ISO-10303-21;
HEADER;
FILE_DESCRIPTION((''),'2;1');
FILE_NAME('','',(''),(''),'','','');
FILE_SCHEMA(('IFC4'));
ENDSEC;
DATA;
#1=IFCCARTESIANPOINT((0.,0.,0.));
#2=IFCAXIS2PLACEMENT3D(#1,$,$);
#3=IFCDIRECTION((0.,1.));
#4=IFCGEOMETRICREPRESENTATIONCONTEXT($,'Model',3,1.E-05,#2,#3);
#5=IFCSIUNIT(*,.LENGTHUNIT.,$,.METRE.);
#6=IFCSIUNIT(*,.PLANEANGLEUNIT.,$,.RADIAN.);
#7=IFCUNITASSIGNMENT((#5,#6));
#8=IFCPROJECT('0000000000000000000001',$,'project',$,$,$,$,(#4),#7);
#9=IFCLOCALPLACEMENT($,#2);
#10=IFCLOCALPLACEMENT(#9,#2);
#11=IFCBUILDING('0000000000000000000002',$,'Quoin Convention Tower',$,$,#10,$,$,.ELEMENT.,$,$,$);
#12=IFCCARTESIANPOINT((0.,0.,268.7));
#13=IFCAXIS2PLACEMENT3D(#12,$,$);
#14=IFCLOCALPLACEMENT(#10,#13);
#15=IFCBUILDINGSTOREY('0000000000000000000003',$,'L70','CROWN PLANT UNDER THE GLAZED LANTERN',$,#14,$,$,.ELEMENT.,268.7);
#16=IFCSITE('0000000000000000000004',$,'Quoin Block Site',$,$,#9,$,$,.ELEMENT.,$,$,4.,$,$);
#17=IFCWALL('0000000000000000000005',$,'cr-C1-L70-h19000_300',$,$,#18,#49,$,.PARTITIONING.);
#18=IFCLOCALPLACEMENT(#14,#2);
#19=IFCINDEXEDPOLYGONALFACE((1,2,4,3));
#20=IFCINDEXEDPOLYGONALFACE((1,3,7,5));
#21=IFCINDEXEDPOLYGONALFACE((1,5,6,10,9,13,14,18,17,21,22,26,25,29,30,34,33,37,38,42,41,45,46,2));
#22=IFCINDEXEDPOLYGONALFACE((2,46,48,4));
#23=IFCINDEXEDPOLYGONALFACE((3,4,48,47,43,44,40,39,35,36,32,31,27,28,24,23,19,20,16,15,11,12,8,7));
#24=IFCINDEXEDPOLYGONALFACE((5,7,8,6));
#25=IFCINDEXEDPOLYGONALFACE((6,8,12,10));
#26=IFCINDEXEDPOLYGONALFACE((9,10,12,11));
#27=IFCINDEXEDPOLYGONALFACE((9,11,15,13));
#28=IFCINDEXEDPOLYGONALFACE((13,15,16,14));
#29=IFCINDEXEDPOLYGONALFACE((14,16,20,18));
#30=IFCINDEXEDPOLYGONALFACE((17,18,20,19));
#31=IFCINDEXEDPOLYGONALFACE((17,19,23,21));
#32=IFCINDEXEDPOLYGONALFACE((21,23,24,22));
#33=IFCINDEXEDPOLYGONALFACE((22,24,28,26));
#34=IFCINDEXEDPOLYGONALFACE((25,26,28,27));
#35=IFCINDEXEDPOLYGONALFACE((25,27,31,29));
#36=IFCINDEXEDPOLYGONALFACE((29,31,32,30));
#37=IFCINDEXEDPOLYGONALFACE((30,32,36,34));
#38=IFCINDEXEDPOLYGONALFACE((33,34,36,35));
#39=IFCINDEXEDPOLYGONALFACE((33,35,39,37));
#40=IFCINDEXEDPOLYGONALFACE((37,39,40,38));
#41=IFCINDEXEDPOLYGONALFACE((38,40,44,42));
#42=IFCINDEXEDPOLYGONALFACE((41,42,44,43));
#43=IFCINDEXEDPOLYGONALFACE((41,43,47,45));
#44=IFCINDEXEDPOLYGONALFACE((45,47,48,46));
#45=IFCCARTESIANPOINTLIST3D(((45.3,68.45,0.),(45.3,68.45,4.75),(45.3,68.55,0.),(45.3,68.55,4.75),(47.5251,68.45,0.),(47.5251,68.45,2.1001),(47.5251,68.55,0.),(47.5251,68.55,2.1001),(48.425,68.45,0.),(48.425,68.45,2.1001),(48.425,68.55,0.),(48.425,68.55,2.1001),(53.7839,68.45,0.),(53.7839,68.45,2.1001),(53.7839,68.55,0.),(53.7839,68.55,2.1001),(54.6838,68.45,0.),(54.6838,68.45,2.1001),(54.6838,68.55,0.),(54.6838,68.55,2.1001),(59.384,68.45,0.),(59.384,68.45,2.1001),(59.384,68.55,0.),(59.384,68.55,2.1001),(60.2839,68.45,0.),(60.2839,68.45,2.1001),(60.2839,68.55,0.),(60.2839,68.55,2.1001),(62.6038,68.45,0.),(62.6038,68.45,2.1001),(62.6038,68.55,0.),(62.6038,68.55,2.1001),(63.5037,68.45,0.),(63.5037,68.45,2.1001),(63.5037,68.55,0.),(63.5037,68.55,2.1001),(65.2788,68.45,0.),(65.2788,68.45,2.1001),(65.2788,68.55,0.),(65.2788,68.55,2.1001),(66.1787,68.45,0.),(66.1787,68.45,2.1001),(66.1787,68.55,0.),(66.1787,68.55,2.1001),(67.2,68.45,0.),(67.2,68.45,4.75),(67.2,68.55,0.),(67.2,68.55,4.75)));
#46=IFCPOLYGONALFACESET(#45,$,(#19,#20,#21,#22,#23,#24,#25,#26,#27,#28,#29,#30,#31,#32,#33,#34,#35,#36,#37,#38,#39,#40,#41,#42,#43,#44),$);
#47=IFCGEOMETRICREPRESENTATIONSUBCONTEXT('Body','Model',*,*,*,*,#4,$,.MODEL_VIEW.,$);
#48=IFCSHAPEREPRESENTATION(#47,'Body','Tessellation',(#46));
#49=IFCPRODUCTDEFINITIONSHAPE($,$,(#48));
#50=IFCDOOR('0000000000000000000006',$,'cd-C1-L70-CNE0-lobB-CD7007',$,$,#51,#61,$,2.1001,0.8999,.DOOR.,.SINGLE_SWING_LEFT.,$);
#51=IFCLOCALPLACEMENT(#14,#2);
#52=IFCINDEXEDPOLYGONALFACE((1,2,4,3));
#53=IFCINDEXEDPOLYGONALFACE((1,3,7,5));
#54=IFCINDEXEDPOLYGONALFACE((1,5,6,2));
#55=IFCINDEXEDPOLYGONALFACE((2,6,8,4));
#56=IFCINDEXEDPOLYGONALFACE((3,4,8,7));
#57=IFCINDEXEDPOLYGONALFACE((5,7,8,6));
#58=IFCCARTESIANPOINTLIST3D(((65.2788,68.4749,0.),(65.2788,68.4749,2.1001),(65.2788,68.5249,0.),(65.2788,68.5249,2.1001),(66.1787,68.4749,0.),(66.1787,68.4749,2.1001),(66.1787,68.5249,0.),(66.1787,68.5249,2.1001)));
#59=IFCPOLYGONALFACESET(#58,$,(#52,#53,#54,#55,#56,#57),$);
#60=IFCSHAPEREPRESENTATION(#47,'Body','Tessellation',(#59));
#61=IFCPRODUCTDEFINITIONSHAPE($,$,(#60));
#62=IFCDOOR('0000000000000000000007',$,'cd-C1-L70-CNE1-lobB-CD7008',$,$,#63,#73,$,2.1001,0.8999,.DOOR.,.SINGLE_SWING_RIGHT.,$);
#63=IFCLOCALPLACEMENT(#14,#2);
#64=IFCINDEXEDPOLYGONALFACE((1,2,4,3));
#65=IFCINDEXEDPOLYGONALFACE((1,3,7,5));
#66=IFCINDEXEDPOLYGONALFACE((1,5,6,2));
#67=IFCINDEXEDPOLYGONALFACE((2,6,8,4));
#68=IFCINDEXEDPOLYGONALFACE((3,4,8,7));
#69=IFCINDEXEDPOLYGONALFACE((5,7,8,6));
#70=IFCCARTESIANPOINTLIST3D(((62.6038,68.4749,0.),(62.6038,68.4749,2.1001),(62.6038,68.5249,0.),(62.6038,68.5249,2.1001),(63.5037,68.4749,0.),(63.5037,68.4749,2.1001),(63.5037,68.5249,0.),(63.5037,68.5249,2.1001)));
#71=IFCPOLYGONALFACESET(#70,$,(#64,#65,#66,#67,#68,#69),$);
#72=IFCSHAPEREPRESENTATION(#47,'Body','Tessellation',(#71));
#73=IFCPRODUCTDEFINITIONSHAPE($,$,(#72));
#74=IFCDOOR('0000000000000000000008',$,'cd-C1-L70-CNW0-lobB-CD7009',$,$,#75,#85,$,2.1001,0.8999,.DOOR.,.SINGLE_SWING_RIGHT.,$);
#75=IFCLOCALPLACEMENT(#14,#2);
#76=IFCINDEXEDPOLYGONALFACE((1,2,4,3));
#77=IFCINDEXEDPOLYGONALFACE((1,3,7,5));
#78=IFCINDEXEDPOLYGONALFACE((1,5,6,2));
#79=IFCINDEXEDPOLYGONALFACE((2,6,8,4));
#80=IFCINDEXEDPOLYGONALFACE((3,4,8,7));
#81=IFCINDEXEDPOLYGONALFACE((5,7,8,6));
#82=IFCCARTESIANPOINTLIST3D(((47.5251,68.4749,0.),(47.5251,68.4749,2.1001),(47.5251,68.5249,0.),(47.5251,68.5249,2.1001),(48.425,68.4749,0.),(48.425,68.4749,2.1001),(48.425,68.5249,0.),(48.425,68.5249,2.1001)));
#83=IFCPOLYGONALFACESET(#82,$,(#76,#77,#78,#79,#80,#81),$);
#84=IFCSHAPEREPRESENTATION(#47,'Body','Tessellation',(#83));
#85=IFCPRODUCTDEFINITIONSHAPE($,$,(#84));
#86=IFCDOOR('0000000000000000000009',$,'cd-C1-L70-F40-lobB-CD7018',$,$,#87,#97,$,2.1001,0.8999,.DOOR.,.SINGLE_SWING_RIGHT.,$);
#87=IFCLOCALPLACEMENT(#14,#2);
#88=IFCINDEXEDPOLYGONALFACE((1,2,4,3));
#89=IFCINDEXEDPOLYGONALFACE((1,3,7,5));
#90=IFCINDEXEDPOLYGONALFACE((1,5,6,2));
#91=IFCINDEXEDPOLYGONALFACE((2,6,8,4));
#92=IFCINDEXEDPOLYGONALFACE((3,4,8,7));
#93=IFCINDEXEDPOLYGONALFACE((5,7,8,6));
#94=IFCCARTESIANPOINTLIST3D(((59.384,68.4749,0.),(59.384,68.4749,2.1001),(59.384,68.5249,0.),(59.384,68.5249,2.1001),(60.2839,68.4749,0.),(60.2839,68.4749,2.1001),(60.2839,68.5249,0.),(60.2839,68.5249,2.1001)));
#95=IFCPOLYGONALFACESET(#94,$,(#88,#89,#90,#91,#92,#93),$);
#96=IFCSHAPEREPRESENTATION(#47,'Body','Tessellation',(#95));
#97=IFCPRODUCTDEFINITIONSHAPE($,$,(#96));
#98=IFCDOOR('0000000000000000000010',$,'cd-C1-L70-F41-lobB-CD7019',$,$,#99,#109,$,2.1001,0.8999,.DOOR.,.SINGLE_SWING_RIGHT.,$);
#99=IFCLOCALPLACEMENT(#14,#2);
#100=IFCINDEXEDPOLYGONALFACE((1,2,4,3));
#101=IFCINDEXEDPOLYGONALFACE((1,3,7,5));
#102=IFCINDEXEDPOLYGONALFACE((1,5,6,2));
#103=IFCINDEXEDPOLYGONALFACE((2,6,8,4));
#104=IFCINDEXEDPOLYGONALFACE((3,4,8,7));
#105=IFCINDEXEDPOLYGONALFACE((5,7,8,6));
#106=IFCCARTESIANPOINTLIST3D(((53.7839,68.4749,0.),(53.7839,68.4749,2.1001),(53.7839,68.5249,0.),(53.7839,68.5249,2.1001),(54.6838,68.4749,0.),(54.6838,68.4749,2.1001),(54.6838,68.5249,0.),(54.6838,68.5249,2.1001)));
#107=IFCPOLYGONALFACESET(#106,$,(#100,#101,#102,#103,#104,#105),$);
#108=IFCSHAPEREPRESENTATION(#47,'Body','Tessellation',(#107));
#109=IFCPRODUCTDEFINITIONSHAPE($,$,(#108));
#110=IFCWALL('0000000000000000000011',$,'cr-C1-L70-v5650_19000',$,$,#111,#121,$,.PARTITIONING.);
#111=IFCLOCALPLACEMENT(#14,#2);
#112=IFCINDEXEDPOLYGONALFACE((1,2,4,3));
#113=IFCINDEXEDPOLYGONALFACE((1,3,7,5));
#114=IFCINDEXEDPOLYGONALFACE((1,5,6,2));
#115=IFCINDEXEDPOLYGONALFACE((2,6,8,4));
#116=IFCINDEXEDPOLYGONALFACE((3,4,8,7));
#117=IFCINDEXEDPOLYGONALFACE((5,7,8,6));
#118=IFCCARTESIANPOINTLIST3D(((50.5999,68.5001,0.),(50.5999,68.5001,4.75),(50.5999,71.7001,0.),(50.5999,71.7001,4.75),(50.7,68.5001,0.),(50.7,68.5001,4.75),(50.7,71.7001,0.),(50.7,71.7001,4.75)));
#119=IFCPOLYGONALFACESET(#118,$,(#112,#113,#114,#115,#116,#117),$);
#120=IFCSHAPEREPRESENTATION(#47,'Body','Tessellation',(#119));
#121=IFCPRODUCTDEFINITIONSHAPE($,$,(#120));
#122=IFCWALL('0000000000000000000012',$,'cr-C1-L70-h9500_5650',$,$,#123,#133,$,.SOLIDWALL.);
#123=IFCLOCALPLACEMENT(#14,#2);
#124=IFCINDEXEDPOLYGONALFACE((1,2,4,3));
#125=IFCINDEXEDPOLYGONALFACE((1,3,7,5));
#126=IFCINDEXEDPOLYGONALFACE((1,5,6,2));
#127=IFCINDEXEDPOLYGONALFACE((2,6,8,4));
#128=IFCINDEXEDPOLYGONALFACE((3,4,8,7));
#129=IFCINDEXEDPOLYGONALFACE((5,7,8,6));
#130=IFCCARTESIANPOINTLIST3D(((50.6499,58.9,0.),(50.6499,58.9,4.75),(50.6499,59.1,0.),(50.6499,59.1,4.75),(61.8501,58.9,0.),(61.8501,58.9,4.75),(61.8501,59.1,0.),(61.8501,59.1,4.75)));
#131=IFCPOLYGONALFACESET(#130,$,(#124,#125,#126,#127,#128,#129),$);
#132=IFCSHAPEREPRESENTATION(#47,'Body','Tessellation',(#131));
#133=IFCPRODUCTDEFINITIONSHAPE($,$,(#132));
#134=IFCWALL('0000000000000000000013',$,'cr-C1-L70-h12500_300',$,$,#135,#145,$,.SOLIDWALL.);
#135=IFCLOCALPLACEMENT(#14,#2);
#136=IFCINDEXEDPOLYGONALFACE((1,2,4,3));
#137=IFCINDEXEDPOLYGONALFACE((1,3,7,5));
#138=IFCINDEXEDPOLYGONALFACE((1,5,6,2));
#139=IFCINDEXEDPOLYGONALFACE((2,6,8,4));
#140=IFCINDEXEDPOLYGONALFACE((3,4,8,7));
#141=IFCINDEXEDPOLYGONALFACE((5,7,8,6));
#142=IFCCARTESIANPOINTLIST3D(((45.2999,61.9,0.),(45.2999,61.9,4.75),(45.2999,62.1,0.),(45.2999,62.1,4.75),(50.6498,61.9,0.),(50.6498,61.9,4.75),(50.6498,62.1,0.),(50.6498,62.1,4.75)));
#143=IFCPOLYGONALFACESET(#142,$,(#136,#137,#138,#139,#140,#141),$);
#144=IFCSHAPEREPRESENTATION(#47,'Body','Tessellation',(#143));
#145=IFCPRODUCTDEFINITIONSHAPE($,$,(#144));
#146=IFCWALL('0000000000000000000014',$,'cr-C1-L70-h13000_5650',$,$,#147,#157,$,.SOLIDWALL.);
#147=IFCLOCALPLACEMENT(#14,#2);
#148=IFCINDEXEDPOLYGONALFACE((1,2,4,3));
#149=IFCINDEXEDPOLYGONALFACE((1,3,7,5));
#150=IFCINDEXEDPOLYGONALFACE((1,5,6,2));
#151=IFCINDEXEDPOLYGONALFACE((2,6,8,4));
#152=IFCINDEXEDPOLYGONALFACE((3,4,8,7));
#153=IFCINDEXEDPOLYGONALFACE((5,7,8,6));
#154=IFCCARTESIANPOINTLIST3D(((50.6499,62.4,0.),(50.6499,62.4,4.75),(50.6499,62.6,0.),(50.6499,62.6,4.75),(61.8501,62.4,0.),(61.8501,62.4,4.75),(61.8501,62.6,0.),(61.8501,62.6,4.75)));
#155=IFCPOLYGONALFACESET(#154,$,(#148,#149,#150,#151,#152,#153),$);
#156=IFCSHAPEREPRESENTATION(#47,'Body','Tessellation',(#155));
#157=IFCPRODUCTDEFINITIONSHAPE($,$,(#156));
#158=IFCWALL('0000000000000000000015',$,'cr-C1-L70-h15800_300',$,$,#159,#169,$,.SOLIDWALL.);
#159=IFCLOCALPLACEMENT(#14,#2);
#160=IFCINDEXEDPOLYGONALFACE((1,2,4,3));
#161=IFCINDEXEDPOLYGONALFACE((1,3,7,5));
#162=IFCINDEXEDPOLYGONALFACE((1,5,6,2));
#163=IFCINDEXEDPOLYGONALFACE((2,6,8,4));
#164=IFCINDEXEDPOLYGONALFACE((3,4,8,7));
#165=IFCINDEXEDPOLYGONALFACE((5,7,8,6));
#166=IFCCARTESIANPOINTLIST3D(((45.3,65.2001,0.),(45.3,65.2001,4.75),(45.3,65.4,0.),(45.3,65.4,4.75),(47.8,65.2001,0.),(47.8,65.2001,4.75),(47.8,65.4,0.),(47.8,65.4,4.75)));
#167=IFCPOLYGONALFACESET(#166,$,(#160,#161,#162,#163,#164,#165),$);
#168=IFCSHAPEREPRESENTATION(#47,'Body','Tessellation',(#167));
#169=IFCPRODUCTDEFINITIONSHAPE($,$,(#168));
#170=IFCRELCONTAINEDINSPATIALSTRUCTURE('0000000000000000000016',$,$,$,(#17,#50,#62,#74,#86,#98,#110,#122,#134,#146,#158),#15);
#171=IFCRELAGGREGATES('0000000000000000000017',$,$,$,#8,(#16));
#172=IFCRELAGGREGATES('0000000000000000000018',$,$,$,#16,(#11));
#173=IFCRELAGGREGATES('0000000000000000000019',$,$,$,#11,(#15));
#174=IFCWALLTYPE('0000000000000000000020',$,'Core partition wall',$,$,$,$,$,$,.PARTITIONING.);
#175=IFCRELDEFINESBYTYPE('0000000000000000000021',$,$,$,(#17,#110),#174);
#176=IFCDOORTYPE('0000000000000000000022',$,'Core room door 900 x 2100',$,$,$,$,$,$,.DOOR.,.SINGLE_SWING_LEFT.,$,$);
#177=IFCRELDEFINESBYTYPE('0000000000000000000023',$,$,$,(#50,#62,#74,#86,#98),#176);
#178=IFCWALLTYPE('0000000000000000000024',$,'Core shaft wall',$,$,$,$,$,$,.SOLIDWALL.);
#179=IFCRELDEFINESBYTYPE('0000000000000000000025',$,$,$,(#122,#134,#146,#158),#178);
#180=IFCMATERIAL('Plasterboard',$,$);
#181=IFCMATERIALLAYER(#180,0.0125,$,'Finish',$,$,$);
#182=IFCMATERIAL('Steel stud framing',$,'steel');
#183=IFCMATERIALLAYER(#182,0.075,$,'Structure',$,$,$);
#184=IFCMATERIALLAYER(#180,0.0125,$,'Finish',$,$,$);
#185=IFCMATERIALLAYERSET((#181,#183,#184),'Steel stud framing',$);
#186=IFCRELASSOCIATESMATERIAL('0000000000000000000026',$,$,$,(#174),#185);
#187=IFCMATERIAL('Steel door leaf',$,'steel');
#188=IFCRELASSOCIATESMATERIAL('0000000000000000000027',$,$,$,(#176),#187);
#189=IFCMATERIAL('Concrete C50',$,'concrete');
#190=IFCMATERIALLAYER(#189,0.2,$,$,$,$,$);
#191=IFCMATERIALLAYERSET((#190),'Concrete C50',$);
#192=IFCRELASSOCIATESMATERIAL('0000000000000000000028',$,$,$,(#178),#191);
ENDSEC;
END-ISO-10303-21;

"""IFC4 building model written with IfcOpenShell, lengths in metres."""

from ifc_helpers import new_model, si_unit, direction, frame, frame_2d, origin, place, context, subcontext, project, spatial, rectangle, extrude, material, layer, layer_set, type_object, element, fill, save


model = new_model("IFC4")

# Units and contexts
model_context = context("Model", 3, precision=1e-05, world=origin(), true_north=direction((0.0, 1.0)))
body_context = subcontext(model_context, "Body", "Model", "MODEL_VIEW")
ifc_project = project(units=[si_unit("LENGTHUNIT", "METRE"), si_unit("PLANEANGLEUNIT", "RADIAN")], contexts=[model_context])

# Site, building, storey
site_placement = place(None, origin())
site = spatial("IfcSite", under=ifc_project, at=site_placement, Name="Quoin Block Site", CompositionType="ELEMENT", RefElevation=4.0)
building_placement = place(site_placement, origin())
building = spatial("IfcBuilding", under=site, at=building_placement, Name="Quoin Convention Tower", CompositionType="ELEMENT")
storey_placement = place(building_placement, frame((0.0, 0.0, 268.7)))
storey = spatial("IfcBuildingStorey", under=building, at=storey_placement, Name="L70", Description="CROWN PLANT UNDER THE GLAZED LANTERN", CompositionType="ELEMENT", Elevation=268.7)

# Wall, openings, doors
ifc_material_1 = material(Name="Plasterboard")
ifc_layer_1 = layer(ifc_material_1, 0.0125, Name="Finish")
ifc_material_2 = material(Name="Steel stud framing", Category="steel")
ifc_layer_2 = layer(ifc_material_2, 0.075, Name="Structure")
ifc_layer_3 = layer(ifc_material_1, 0.0125, Name="Finish")
ifc_layer_set_1 = layer_set([ifc_layer_1, ifc_layer_2, ifc_layer_3], Name="Steel stud framing")
wall_type_1 = type_object("IfcWallType", Name="Core partition wall", PredefinedType="PARTITIONING", material=ifc_layer_set_1)
wall_1_placement = place(storey_placement, frame((45.3, 68.5, 0.0), z_axis=(0.0, 0.0, 1.0), x_axis=(1.0, 0.0, 0.0)))
wall_1 = element("IfcWall", 1, at=wall_1_placement, inside=storey, type_object=wall_type_1, Name="cr-C1-L70-h19000_300", PredefinedType="PARTITIONING", context=body_context, shape_type="SweptSolid", body=[
    extrude(rectangle(XDim=21.8999, YDim=0.1001, at=frame_2d((10.95, 0.0))), origin(), (0.0, 0.0, 1.0), 4.75),
])
opening_1_placement = place(wall_1_placement, frame((19.9788, 0.0, 0.0)))
opening_1 = element("IfcOpeningElement", 2, at=opening_1_placement, cuts=wall_1, PredefinedType="OPENING", context=body_context, shape_type="SweptSolid", body=[
    extrude(rectangle(XDim=0.8999, YDim=2.1001, at=frame_2d((0.45, 1.05))), frame((0.0, 0.0601, 0.0), z_axis=(0.0, -1.0, 0.0), x_axis=(1.0, 0.0, 0.0)), (0.0, 0.0, 1.0), 0.1201),
])
opening_2_placement = place(wall_1_placement, frame((17.3037, 0.0, 0.0)))
opening_2 = element("IfcOpeningElement", 3, at=opening_2_placement, cuts=wall_1, PredefinedType="OPENING", context=body_context, shape_type="SweptSolid", body=[
    extrude(rectangle(XDim=0.8999, YDim=2.1001, at=frame_2d((0.45, 1.05))), frame((0.0, 0.0601, 0.0), z_axis=(0.0, -1.0, 0.0), x_axis=(1.0, 0.0, 0.0)), (0.0, 0.0, 1.0), 0.1201),
])
opening_3_placement = place(wall_1_placement, frame((2.2251, 0.0, 0.0)))
opening_3 = element("IfcOpeningElement", 4, at=opening_3_placement, cuts=wall_1, PredefinedType="OPENING", context=body_context, shape_type="SweptSolid", body=[
    extrude(rectangle(XDim=0.8999, YDim=2.1001, at=frame_2d((0.45, 1.05))), frame((0.0, 0.0601, 0.0), z_axis=(0.0, -1.0, 0.0), x_axis=(1.0, 0.0, 0.0)), (0.0, 0.0, 1.0), 0.1201),
])
opening_4_placement = place(wall_1_placement, frame((14.084, 0.0, 0.0)))
opening_4 = element("IfcOpeningElement", 5, at=opening_4_placement, cuts=wall_1, PredefinedType="OPENING", context=body_context, shape_type="SweptSolid", body=[
    extrude(rectangle(XDim=0.8999, YDim=2.1001, at=frame_2d((0.45, 1.05))), frame((0.0, 0.0601, 0.0), z_axis=(0.0, -1.0, 0.0), x_axis=(1.0, 0.0, 0.0)), (0.0, 0.0, 1.0), 0.1201),
])
opening_5_placement = place(wall_1_placement, frame((8.4839, 0.0, 0.0)))
opening_5 = element("IfcOpeningElement", 6, at=opening_5_placement, cuts=wall_1, PredefinedType="OPENING", context=body_context, shape_type="SweptSolid", body=[
    extrude(rectangle(XDim=0.8999, YDim=2.1001, at=frame_2d((0.45, 1.05))), frame((0.0, 0.0601, 0.0), z_axis=(0.0, -1.0, 0.0), x_axis=(1.0, 0.0, 0.0)), (0.0, 0.0, 1.0), 0.1201),
])
ifc_material_3 = material(Name="Steel door leaf", Category="steel")
door_type_1 = type_object("IfcDoorType", Name="Core room door 900 x 2100", OperationType="SINGLE_SWING_LEFT", PredefinedType="DOOR", material=ifc_material_3)
door_1_placement = place(opening_1_placement, origin())
door_1 = element("IfcDoor", 7, at=door_1_placement, inside=storey, type_object=door_type_1, Name="cd-C1-L70-CNE0-lobB-CD7007", OperationType="SINGLE_SWING_LEFT", OverallHeight=2.1001, OverallWidth=0.8999, PredefinedType="DOOR", context=body_context, shape_type="SweptSolid", body=[
    extrude(rectangle(XDim=0.8999, YDim=2.1001, at=frame_2d((0.45, 1.05))), frame((0.0, 0.0249, 0.0), z_axis=(0.0, -1.0, 0.0), x_axis=(1.0, 0.0, 0.0)), (0.0, 0.0, 1.0), 0.05),
])
fill(opening_1, door_1)
door_2_placement = place(opening_2_placement, origin())
door_2 = element("IfcDoor", 8, at=door_2_placement, inside=storey, type_object=door_type_1, Name="cd-C1-L70-CNE1-lobB-CD7008", OperationType="SINGLE_SWING_RIGHT", OverallHeight=2.1001, OverallWidth=0.8999, PredefinedType="DOOR", context=body_context, shape_type="SweptSolid", body=[
    extrude(rectangle(XDim=0.8999, YDim=2.1001, at=frame_2d((0.45, 1.05))), frame((0.0, 0.0249, 0.0), z_axis=(0.0, -1.0, 0.0), x_axis=(1.0, 0.0, 0.0)), (0.0, 0.0, 1.0), 0.05),
])
fill(opening_2, door_2)
door_3_placement = place(opening_3_placement, origin())
door_3 = element("IfcDoor", 9, at=door_3_placement, inside=storey, type_object=door_type_1, Name="cd-C1-L70-CNW0-lobB-CD7009", OperationType="SINGLE_SWING_RIGHT", OverallHeight=2.1001, OverallWidth=0.8999, PredefinedType="DOOR", context=body_context, shape_type="SweptSolid", body=[
    extrude(rectangle(XDim=0.8999, YDim=2.1001, at=frame_2d((0.45, 1.05))), frame((0.0, 0.0249, 0.0), z_axis=(0.0, -1.0, 0.0), x_axis=(1.0, 0.0, 0.0)), (0.0, 0.0, 1.0), 0.05),
])
fill(opening_3, door_3)
door_4_placement = place(opening_4_placement, origin())
door_4 = element("IfcDoor", 10, at=door_4_placement, inside=storey, type_object=door_type_1, Name="cd-C1-L70-F40-lobB-CD7018", OperationType="SINGLE_SWING_RIGHT", OverallHeight=2.1001, OverallWidth=0.8999, PredefinedType="DOOR", context=body_context, shape_type="SweptSolid", body=[
    extrude(rectangle(XDim=0.8999, YDim=2.1001, at=frame_2d((0.45, 1.05))), frame((0.0, 0.0249, 0.0), z_axis=(0.0, -1.0, 0.0), x_axis=(1.0, 0.0, 0.0)), (0.0, 0.0, 1.0), 0.05),
])
fill(opening_4, door_4)
door_5_placement = place(opening_5_placement, origin())
door_5 = element("IfcDoor", 11, at=door_5_placement, inside=storey, type_object=door_type_1, Name="cd-C1-L70-F41-lobB-CD7019", OperationType="SINGLE_SWING_RIGHT", OverallHeight=2.1001, OverallWidth=0.8999, PredefinedType="DOOR", context=body_context, shape_type="SweptSolid", body=[
    extrude(rectangle(XDim=0.8999, YDim=2.1001, at=frame_2d((0.45, 1.05))), frame((0.0, 0.0249, 0.0), z_axis=(0.0, -1.0, 0.0), x_axis=(1.0, 0.0, 0.0)), (0.0, 0.0, 1.0), 0.05),
])
fill(opening_5, door_5)

# Walls
wall_2_placement = place(storey_placement, frame((50.6499, 68.5, 0.0), z_axis=(0.0, 0.0, 1.0), x_axis=(0.0, 1.0, 0.0)))
element("IfcWall", 12, at=wall_2_placement, inside=storey, type_object=wall_type_1, Name="cr-C1-L70-v5650_19000", PredefinedType="PARTITIONING", context=body_context, shape_type="SweptSolid", body=[
    extrude(rectangle(XDim=3.2, YDim=0.1001, at=frame_2d((1.6001, 0.0))), origin(), (0.0, 0.0, 1.0), 4.75),
])
ifc_material_4 = material(Name="Concrete C50", Category="concrete")
ifc_layer_4 = layer(ifc_material_4, 0.2)
ifc_layer_set_2 = layer_set([ifc_layer_4], Name="Concrete C50")
wall_type_2 = type_object("IfcWallType", Name="Core shaft wall", PredefinedType="SOLIDWALL", material=ifc_layer_set_2)
wall_3_placement = place(storey_placement, frame((50.6499, 59.0, 0.0), z_axis=(0.0, 0.0, 1.0), x_axis=(1.0, 0.0, 0.0)))
element("IfcWall", 13, at=wall_3_placement, inside=storey, type_object=wall_type_2, Name="cr-C1-L70-h9500_5650", PredefinedType="SOLIDWALL", context=body_context, shape_type="SweptSolid", body=[
    extrude(rectangle(XDim=11.2002, YDim=0.2, at=frame_2d((5.6001, 0.0))), origin(), (0.0, 0.0, 1.0), 4.75),
])
wall_4_placement = place(storey_placement, frame((45.3, 62.0, 0.0), z_axis=(0.0, 0.0, 1.0), x_axis=(1.0, 0.0, 0.0)))
element("IfcWall", 14, at=wall_4_placement, inside=storey, type_object=wall_type_2, Name="cr-C1-L70-h12500_300", PredefinedType="SOLIDWALL", context=body_context, shape_type="SweptSolid", body=[
    extrude(rectangle(XDim=5.3499, YDim=0.2, at=frame_2d((2.6748, 0.0))), origin(), (0.0, 0.0, 1.0), 4.75),
])
wall_5_placement = place(storey_placement, frame((50.6499, 62.5, 0.0), z_axis=(0.0, 0.0, 1.0), x_axis=(1.0, 0.0, 0.0)))
element("IfcWall", 15, at=wall_5_placement, inside=storey, type_object=wall_type_2, Name="cr-C1-L70-h13000_5650", PredefinedType="SOLIDWALL", context=body_context, shape_type="SweptSolid", body=[
    extrude(rectangle(XDim=11.2002, YDim=0.2, at=frame_2d((5.6001, 0.0))), origin(), (0.0, 0.0, 1.0), 4.75),
])
wall_6_placement = place(storey_placement, frame((45.3, 65.3, 0.0), z_axis=(0.0, 0.0, 1.0), x_axis=(1.0, 0.0, 0.0)))
element("IfcWall", 16, at=wall_6_placement, inside=storey, type_object=wall_type_2, Name="cr-C1-L70-h15800_300", PredefinedType="SOLIDWALL", context=body_context, shape_type="SweptSolid", body=[
    extrude(rectangle(XDim=2.5, YDim=0.2, at=frame_2d((1.25, 0.0))), origin(), (0.0, 0.0, 1.0), 4.75),
])

save(model, "model.ifc")
